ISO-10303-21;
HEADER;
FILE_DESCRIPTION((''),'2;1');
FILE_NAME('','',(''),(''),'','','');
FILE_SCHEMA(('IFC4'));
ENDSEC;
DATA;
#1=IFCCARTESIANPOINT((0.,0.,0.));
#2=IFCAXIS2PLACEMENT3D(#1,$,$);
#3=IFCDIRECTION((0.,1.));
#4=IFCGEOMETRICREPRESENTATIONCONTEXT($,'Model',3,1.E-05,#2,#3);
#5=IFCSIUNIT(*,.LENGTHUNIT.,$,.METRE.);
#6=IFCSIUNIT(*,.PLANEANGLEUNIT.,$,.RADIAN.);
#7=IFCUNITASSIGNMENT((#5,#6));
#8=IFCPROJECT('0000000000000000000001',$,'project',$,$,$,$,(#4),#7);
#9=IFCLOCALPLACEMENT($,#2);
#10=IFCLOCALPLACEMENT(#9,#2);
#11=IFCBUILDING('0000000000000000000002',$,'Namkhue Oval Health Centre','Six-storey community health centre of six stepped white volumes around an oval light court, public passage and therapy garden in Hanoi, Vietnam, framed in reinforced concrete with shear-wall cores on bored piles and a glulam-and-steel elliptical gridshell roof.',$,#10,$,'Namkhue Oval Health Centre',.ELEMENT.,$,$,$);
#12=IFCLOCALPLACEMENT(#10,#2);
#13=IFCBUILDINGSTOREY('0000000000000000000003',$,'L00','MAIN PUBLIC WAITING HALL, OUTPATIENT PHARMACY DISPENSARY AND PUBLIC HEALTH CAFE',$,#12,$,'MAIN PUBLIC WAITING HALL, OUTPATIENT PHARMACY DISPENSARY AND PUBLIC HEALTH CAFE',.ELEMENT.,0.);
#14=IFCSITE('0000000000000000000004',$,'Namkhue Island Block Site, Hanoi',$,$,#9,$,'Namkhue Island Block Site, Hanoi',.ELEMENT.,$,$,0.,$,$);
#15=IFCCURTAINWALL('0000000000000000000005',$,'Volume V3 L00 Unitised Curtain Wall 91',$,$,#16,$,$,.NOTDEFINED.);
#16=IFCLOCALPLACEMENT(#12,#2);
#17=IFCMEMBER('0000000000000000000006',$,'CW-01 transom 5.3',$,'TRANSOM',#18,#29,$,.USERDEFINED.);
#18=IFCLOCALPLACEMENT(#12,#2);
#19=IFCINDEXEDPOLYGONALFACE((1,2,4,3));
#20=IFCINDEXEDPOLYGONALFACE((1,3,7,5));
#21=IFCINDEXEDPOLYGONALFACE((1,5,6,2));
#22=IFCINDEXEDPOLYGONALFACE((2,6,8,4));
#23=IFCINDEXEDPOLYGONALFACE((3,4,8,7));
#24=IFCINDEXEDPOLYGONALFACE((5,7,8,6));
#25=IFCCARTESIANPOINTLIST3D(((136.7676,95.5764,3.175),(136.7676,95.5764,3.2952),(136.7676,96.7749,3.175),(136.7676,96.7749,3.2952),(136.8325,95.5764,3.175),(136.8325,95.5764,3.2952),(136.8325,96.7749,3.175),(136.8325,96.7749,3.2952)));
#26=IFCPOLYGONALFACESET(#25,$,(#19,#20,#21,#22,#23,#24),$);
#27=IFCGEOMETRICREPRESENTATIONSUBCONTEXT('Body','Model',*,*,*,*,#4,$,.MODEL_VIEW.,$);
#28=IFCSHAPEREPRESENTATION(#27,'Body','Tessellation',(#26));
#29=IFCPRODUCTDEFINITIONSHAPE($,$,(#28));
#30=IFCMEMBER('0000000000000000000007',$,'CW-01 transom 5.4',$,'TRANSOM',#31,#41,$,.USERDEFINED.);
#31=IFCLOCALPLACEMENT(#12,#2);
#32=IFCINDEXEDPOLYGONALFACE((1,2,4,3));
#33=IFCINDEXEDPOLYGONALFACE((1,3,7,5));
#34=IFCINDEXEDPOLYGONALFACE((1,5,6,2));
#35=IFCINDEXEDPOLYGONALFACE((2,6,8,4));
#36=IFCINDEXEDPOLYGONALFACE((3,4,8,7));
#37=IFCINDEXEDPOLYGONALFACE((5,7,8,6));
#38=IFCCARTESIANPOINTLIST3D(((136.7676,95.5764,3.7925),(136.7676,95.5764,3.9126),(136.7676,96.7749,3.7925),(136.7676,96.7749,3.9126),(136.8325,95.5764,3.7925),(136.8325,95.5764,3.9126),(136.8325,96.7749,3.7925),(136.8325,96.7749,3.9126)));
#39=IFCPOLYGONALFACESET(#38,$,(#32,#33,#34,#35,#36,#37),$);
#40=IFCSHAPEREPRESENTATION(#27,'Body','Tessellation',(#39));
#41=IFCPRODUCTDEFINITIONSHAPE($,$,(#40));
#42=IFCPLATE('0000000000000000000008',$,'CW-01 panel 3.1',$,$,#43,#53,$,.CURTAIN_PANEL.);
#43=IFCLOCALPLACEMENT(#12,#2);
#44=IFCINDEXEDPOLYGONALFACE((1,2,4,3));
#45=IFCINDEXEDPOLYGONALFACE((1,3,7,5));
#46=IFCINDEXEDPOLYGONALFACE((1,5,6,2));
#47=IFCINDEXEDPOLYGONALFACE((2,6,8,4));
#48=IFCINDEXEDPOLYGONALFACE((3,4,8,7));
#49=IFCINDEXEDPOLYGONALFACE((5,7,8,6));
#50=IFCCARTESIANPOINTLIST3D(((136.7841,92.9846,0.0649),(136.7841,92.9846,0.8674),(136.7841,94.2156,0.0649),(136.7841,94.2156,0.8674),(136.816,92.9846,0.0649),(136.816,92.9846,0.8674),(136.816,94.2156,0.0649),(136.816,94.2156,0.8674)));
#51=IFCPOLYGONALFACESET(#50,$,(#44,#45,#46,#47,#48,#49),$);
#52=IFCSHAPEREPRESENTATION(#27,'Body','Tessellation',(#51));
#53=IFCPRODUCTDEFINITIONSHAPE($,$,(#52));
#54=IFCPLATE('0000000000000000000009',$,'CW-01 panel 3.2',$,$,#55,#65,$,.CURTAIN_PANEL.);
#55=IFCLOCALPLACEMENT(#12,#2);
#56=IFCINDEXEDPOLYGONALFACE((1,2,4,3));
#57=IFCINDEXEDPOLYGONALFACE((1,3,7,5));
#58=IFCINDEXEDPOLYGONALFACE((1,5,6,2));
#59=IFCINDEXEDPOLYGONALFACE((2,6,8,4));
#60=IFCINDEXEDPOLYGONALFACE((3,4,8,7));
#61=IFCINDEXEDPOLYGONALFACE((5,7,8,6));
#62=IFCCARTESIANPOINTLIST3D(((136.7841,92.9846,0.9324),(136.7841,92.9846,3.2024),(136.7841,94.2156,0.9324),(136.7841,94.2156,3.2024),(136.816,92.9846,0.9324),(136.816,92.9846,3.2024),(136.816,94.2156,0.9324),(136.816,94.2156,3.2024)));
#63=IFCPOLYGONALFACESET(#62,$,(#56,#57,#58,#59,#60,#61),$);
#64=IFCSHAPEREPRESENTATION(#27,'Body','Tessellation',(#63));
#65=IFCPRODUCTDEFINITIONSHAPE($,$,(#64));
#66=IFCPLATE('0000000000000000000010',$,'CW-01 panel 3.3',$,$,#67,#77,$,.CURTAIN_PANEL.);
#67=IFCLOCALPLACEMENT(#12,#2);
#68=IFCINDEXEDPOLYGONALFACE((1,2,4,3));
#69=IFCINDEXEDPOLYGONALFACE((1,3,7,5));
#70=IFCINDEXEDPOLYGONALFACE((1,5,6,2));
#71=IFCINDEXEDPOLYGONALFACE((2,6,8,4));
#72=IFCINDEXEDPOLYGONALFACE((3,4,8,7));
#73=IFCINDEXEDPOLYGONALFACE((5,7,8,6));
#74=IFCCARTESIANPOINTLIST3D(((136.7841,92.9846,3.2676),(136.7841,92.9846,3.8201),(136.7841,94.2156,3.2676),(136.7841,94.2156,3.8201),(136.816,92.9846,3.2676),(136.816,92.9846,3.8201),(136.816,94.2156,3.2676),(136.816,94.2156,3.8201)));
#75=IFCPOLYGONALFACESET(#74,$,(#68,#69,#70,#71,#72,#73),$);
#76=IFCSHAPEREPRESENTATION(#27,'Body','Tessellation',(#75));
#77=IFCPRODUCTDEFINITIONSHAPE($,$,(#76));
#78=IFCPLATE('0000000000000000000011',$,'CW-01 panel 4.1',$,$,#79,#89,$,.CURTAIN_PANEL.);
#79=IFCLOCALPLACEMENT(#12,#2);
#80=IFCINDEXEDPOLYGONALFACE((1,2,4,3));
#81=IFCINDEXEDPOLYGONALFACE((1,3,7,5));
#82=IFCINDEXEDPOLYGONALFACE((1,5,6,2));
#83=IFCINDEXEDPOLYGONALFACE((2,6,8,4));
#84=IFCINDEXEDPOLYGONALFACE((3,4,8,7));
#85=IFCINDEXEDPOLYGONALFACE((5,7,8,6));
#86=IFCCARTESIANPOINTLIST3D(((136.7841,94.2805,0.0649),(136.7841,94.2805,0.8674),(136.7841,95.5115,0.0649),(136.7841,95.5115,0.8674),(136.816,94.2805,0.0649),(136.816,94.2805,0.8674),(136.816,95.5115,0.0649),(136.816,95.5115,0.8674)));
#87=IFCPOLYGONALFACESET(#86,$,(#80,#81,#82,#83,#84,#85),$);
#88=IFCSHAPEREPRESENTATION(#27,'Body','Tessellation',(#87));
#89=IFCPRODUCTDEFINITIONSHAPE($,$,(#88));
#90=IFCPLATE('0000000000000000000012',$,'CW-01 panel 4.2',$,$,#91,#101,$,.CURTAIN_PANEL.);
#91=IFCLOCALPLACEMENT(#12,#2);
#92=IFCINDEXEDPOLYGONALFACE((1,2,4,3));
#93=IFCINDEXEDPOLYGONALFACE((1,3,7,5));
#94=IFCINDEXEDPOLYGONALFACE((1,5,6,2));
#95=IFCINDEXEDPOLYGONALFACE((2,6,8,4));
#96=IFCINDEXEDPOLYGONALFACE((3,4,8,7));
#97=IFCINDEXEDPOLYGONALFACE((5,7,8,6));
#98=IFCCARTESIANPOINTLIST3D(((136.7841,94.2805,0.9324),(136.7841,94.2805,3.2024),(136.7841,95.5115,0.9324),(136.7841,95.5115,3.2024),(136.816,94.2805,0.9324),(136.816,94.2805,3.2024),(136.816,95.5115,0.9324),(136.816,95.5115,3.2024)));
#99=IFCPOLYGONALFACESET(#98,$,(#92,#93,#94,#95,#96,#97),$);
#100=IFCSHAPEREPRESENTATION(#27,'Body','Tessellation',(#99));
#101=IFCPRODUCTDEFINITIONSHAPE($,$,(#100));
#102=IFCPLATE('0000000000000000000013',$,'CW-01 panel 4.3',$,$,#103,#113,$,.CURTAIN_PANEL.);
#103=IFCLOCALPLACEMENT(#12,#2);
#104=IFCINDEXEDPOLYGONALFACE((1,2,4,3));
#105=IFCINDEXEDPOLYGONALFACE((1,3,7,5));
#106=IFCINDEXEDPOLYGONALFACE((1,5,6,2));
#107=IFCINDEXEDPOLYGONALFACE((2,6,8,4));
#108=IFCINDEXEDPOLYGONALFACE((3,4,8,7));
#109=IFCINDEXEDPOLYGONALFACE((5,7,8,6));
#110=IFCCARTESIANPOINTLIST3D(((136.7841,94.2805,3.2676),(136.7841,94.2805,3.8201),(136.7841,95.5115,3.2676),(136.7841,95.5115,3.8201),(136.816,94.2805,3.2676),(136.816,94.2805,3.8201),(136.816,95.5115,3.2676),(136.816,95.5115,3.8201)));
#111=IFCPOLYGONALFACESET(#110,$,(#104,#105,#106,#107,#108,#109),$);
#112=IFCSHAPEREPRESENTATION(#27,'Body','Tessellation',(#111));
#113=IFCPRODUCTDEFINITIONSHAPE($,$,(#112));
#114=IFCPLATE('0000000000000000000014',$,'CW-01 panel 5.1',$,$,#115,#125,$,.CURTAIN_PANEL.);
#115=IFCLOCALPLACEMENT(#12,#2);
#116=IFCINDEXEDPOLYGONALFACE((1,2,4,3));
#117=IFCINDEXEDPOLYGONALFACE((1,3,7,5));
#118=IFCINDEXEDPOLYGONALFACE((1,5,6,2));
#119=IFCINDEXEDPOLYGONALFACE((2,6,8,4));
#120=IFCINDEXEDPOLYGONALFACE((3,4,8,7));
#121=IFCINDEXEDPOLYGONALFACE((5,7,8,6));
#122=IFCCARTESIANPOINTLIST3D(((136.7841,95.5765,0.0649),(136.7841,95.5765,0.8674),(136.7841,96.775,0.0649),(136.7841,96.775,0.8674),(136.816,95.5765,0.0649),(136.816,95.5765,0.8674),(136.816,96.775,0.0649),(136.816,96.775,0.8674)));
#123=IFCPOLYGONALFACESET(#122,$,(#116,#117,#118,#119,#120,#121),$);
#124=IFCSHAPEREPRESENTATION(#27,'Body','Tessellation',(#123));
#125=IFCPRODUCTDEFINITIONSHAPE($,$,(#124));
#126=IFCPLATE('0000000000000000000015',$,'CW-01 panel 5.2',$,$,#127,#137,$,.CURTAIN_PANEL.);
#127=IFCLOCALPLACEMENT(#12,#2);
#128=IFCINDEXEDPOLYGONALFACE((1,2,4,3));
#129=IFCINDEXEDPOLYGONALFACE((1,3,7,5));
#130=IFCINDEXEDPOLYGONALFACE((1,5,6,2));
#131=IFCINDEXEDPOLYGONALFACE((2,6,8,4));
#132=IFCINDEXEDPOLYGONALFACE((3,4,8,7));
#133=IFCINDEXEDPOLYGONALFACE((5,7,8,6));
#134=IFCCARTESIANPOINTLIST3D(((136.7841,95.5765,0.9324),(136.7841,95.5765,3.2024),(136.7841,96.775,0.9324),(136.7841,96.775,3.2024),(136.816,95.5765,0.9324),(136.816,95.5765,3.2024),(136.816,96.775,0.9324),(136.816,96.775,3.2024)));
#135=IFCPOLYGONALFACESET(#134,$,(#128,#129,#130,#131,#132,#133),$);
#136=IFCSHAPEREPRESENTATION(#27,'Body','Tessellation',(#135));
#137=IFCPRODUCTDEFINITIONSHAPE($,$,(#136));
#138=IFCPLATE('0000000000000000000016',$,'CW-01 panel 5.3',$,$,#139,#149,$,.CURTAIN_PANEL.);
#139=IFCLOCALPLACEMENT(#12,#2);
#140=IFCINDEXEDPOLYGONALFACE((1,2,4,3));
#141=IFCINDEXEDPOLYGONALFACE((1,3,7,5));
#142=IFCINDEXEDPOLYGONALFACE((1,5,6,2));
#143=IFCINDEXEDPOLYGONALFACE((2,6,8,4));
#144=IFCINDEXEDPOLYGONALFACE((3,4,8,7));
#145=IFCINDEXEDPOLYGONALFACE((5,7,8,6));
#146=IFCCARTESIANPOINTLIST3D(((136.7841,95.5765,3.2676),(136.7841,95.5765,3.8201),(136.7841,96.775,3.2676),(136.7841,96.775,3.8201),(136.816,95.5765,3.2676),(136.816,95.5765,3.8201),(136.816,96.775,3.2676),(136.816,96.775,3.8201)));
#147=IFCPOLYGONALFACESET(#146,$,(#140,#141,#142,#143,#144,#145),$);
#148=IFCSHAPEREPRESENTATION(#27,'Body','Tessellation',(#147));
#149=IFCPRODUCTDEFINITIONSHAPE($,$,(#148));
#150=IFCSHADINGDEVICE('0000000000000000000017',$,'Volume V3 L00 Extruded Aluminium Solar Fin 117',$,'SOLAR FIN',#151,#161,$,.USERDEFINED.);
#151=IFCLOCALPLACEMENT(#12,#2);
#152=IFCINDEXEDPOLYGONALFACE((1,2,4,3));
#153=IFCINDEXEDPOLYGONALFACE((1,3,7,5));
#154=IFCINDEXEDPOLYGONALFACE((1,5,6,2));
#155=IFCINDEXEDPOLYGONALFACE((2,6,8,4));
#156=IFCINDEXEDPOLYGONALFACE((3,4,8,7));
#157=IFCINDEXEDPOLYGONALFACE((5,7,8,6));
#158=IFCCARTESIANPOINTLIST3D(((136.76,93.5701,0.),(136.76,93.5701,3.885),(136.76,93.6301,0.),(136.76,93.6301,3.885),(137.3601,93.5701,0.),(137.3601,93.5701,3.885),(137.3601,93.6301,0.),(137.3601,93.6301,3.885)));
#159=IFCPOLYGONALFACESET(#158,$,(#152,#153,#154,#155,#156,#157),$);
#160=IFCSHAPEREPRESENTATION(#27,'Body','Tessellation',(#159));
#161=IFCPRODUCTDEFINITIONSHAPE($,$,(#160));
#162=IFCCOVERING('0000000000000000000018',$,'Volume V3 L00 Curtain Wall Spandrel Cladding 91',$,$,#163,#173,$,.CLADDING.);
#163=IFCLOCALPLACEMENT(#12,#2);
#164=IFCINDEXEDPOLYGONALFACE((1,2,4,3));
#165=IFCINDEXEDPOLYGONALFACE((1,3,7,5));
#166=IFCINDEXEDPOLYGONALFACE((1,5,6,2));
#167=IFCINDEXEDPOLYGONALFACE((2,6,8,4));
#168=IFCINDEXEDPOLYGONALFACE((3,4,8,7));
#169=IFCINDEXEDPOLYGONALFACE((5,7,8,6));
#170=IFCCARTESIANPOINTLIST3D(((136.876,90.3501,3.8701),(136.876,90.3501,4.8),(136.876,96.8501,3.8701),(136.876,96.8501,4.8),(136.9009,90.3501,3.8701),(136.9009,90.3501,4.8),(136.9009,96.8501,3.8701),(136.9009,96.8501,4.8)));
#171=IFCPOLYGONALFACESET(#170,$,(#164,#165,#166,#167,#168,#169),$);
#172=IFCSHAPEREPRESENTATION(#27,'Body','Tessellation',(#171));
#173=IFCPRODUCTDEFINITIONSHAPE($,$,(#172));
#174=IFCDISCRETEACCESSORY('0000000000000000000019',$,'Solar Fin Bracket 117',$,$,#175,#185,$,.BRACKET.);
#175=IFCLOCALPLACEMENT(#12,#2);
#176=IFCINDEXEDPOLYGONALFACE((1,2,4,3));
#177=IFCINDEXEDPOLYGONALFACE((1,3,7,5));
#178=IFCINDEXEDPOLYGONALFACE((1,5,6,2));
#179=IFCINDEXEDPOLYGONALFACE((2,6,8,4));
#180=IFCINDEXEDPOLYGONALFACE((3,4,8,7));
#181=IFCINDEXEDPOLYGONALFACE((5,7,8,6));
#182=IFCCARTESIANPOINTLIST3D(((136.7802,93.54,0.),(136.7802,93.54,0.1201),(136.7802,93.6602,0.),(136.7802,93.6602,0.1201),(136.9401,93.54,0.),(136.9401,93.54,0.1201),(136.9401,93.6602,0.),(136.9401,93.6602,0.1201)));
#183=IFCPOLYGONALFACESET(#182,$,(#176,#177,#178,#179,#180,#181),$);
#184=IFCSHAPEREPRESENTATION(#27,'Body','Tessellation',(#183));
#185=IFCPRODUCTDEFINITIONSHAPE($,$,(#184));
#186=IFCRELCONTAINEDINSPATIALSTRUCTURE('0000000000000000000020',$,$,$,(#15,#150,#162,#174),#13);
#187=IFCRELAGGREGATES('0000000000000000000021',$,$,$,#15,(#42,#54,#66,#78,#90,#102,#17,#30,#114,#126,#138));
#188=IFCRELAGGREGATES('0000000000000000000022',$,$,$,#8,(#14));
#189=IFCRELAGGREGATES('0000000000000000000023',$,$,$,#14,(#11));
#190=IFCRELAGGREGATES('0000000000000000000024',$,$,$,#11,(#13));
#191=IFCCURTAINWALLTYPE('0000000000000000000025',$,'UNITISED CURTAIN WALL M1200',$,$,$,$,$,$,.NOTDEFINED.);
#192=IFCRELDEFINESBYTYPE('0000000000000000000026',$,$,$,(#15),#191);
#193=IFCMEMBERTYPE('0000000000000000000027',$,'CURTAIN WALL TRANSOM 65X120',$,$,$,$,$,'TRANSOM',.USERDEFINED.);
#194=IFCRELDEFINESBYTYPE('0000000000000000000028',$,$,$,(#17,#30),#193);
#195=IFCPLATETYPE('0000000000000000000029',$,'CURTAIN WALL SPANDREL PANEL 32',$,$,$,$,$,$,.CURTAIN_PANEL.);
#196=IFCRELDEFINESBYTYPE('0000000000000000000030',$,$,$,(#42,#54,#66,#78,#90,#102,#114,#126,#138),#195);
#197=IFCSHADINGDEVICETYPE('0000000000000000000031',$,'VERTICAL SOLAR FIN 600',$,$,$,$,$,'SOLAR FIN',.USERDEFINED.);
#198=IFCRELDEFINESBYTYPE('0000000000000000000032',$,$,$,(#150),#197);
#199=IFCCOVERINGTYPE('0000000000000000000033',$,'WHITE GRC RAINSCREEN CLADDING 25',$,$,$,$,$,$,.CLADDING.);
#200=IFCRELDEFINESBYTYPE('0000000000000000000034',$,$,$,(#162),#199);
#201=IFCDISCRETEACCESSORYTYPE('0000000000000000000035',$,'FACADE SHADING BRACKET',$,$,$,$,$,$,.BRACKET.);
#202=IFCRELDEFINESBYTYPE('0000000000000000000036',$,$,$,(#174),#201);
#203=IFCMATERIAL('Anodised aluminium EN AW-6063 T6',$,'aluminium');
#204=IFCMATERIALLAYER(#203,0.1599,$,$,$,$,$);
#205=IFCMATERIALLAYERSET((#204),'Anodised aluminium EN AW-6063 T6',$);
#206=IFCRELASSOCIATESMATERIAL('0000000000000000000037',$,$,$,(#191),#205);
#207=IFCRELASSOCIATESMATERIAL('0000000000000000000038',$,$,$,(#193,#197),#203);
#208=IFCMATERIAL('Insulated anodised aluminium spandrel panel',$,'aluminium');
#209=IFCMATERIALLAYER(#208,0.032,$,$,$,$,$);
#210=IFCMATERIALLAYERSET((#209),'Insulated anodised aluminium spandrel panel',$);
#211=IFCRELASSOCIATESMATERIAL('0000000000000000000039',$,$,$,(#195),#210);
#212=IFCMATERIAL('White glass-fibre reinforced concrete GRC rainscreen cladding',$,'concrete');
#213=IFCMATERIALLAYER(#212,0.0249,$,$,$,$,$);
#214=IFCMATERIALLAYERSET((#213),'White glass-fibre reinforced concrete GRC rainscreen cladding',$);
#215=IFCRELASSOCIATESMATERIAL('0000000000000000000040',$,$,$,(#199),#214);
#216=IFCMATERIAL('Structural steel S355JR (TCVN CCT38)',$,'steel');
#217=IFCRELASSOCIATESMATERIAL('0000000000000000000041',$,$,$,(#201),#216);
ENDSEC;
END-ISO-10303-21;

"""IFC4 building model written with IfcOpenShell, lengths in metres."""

from ifc_helpers import new_model, si_unit, direction, frame, origin, origin_2d, place, context, subcontext, project, spatial, rectangle, extrude, material, layer, layer_set, material_profile, profile_set, type_object, element, aggregate, save


model = new_model("IFC4")

# Units and contexts
model_context = context("Model", 3, precision=1e-05, world=origin(), true_north=direction((0.0, 1.0)))
body_context = subcontext(model_context, "Body", "Model", "MODEL_VIEW")
ifc_project = project(units=[si_unit("LENGTHUNIT", "METRE"), si_unit("PLANEANGLEUNIT", "RADIAN")], contexts=[model_context])

# Site, building, storey
site_placement = place(None, origin())
site = spatial("IfcSite", under=ifc_project, at=site_placement, Name="Namkhue Island Block Site, Hanoi", LongName="Namkhue Island Block Site, Hanoi", CompositionType="ELEMENT", RefElevation=0.0)
building_placement = place(site_placement, origin())
building = spatial("IfcBuilding", under=site, at=building_placement, Name="Namkhue Oval Health Centre", Description="Six-storey community health centre of six stepped white volumes around an oval light court, public passage and therapy garden in Hanoi, Vietnam, framed in reinforced concrete with shear-wall cores on bored piles and a glulam-and-steel elliptical gridshell roof.", LongName="Namkhue Oval Health Centre", CompositionType="ELEMENT")
storey_placement = place(building_placement, origin())
storey = spatial("IfcBuildingStorey", under=building, at=storey_placement, Name="L00", Description="MAIN PUBLIC WAITING HALL, OUTPATIENT PHARMACY DISPENSARY AND PUBLIC HEALTH CAFE", LongName="MAIN PUBLIC WAITING HALL, OUTPATIENT PHARMACY DISPENSARY AND PUBLIC HEALTH CAFE", CompositionType="ELEMENT", Elevation=0.0)

# Curtain wall, members, plates
ifc_material_1 = material(Name="Anodised aluminium EN AW-6063 T6", Category="aluminium")
ifc_layer_1 = layer(ifc_material_1, 0.1599)
ifc_layer_set_1 = layer_set([ifc_layer_1], Name="Anodised aluminium EN AW-6063 T6")
curtain_wall_type = type_object("IfcCurtainWallType", Name="UNITISED CURTAIN WALL M1200", PredefinedType="NOTDEFINED", material=ifc_layer_set_1)
curtain_wall_placement = place(storey_placement, origin())
curtain_wall = element("IfcCurtainWall", 1, at=curtain_wall_placement, inside=storey, type_object=curtain_wall_type, Name="Volume V3 L00 Unitised Curtain Wall 91", PredefinedType="NOTDEFINED")
ifc_material_profile_1 = material_profile(ifc_material_1, rectangle(XDim=0.0649, YDim=0.1201, at=origin_2d()), Name="ALU 65x120")
ifc_profile_set_1 = profile_set([ifc_material_profile_1], Name="Anodised aluminium EN AW-6063 T6")
member_type_1 = type_object("IfcMemberType", Name="CURTAIN WALL TRANSOM 65X120", ElementType="TRANSOM", PredefinedType="USERDEFINED", material=ifc_profile_set_1)
member_1_placement = place(storey_placement, frame((136.8, 95.5764, 3.2351), z_axis=(0.0, 1.0, 0.0), x_axis=(-1.0, 0.0, 0.0)))
member_1 = element("IfcMember", 2, at=member_1_placement, type_object=member_type_1, Name="CW-01 transom 5.3", ObjectType="TRANSOM", PredefinedType="USERDEFINED", context=body_context, shape_type="SweptSolid", body=[
    extrude(rectangle(XDim=0.0649, YDim=0.1201, at=origin_2d()), origin(), (0.0, 0.0, 1.0), 1.1985),
])
member_2_placement = place(storey_placement, frame((136.8, 95.5764, 3.8525), z_axis=(0.0, 1.0, 0.0), x_axis=(-1.0, 0.0, 0.0)))
member_2 = element("IfcMember", 3, at=member_2_placement, type_object=member_type_1, Name="CW-01 transom 5.4", ObjectType="TRANSOM", PredefinedType="USERDEFINED", context=body_context, shape_type="SweptSolid", body=[
    extrude(rectangle(XDim=0.0649, YDim=0.1201, at=origin_2d()), origin(), (0.0, 0.0, 1.0), 1.1985),
])
ifc_material_2 = material(Name="Insulated anodised aluminium spandrel panel", Category="aluminium")
ifc_layer_2 = layer(ifc_material_2, 0.032)
ifc_layer_set_2 = layer_set([ifc_layer_2], Name="Insulated anodised aluminium spandrel panel")
plate_type = type_object("IfcPlateType", Name="CURTAIN WALL SPANDREL PANEL 32", PredefinedType="CURTAIN_PANEL", material=ifc_layer_set_2)
plate_1_placement = place(storey_placement, frame((136.8, 93.6001, 0.0649), z_axis=(0.0, 0.0, 1.0), x_axis=(0.0, 1.0, 0.0)))
plate_1 = element("IfcPlate", 4, at=plate_1_placement, type_object=plate_type, Name="CW-01 panel 3.1", PredefinedType="CURTAIN_PANEL", context=body_context, shape_type="SweptSolid", body=[
    extrude(rectangle(XDim=1.231, YDim=0.032, at=origin_2d()), origin(), (0.0, 0.0, 1.0), 0.8025),
])
plate_2_placement = place(storey_placement, frame((136.8, 93.6001, 0.9324), z_axis=(0.0, 0.0, 1.0), x_axis=(0.0, 1.0, 0.0)))
plate_2 = element("IfcPlate", 5, at=plate_2_placement, type_object=plate_type, Name="CW-01 panel 3.2", PredefinedType="CURTAIN_PANEL", context=body_context, shape_type="SweptSolid", body=[
    extrude(rectangle(XDim=1.231, YDim=0.032, at=origin_2d()), origin(), (0.0, 0.0, 1.0), 2.27),
])
plate_3_placement = place(storey_placement, frame((136.8, 93.6001, 3.2676), z_axis=(0.0, 0.0, 1.0), x_axis=(0.0, 1.0, 0.0)))
plate_3 = element("IfcPlate", 6, at=plate_3_placement, type_object=plate_type, Name="CW-01 panel 3.3", PredefinedType="CURTAIN_PANEL", context=body_context, shape_type="SweptSolid", body=[
    extrude(rectangle(XDim=1.231, YDim=0.032, at=origin_2d()), origin(), (0.0, 0.0, 1.0), 0.5525),
])
plate_4_placement = place(storey_placement, frame((136.8, 94.896, 0.0649), z_axis=(0.0, 0.0, 1.0), x_axis=(0.0, 1.0, 0.0)))
plate_4 = element("IfcPlate", 7, at=plate_4_placement, type_object=plate_type, Name="CW-01 panel 4.1", PredefinedType="CURTAIN_PANEL", context=body_context, shape_type="SweptSolid", body=[
    extrude(rectangle(XDim=1.231, YDim=0.032, at=origin_2d()), origin(), (0.0, 0.0, 1.0), 0.8025),
])
plate_5_placement = place(storey_placement, frame((136.8, 94.896, 0.9324), z_axis=(0.0, 0.0, 1.0), x_axis=(0.0, 1.0, 0.0)))
plate_5 = element("IfcPlate", 8, at=plate_5_placement, type_object=plate_type, Name="CW-01 panel 4.2", PredefinedType="CURTAIN_PANEL", context=body_context, shape_type="SweptSolid", body=[
    extrude(rectangle(XDim=1.231, YDim=0.032, at=origin_2d()), origin(), (0.0, 0.0, 1.0), 2.27),
])
plate_6_placement = place(storey_placement, frame((136.8, 94.896, 3.2676), z_axis=(0.0, 0.0, 1.0), x_axis=(0.0, 1.0, 0.0)))
plate_6 = element("IfcPlate", 9, at=plate_6_placement, type_object=plate_type, Name="CW-01 panel 4.3", PredefinedType="CURTAIN_PANEL", context=body_context, shape_type="SweptSolid", body=[
    extrude(rectangle(XDim=1.231, YDim=0.032, at=origin_2d()), origin(), (0.0, 0.0, 1.0), 0.5525),
])
plate_7_placement = place(storey_placement, frame((136.8, 96.1758, 0.0649), z_axis=(0.0, 0.0, 1.0), x_axis=(0.0, 1.0, 0.0)))
plate_7 = element("IfcPlate", 10, at=plate_7_placement, type_object=plate_type, Name="CW-01 panel 5.1", PredefinedType="CURTAIN_PANEL", context=body_context, shape_type="SweptSolid", body=[
    extrude(rectangle(XDim=1.1985, YDim=0.032, at=origin_2d()), origin(), (0.0, 0.0, 1.0), 0.8025),
])
plate_8_placement = place(storey_placement, frame((136.8, 96.1758, 0.9324), z_axis=(0.0, 0.0, 1.0), x_axis=(0.0, 1.0, 0.0)))
plate_8 = element("IfcPlate", 11, at=plate_8_placement, type_object=plate_type, Name="CW-01 panel 5.2", PredefinedType="CURTAIN_PANEL", context=body_context, shape_type="SweptSolid", body=[
    extrude(rectangle(XDim=1.1985, YDim=0.032, at=origin_2d()), origin(), (0.0, 0.0, 1.0), 2.27),
])
plate_9_placement = place(storey_placement, frame((136.8, 96.1758, 3.2676), z_axis=(0.0, 0.0, 1.0), x_axis=(0.0, 1.0, 0.0)))
plate_9 = element("IfcPlate", 12, at=plate_9_placement, type_object=plate_type, Name="CW-01 panel 5.3", PredefinedType="CURTAIN_PANEL", context=body_context, shape_type="SweptSolid", body=[
    extrude(rectangle(XDim=1.1985, YDim=0.032, at=origin_2d()), origin(), (0.0, 0.0, 1.0), 0.5525),
])
aggregate(curtain_wall, [plate_1, plate_2, plate_3, plate_4, plate_5, plate_6, member_1, member_2, plate_7, plate_8, plate_9])

# Shading device
shading_device_type = type_object("IfcShadingDeviceType", Name="VERTICAL SOLAR FIN 600", ElementType="SOLAR FIN", PredefinedType="USERDEFINED", material=ifc_material_1)
shading_device_placement = place(storey_placement, frame((137.0601, 93.6001, 0.0), z_axis=(0.0, 0.0, 1.0), x_axis=(1.0, 0.0, 0.0)))
element("IfcShadingDevice", 13, at=shading_device_placement, inside=storey, type_object=shading_device_type, Name="Volume V3 L00 Extruded Aluminium Solar Fin 117", ObjectType="SOLAR FIN", PredefinedType="USERDEFINED", context=body_context, shape_type="SweptSolid", body=[
    extrude(rectangle(XDim=0.6001, YDim=0.0601, at=origin_2d()), origin(), (0.0, 0.0, 1.0), 3.885),
])

# Covering
ifc_material_3 = material(Name="White glass-fibre reinforced concrete GRC rainscreen cladding", Category="concrete")
ifc_layer_3 = layer(ifc_material_3, 0.0249)
ifc_layer_set_3 = layer_set([ifc_layer_3], Name="White glass-fibre reinforced concrete GRC rainscreen cladding")
covering_type = type_object("IfcCoveringType", Name="WHITE GRC RAINSCREEN CLADDING 25", PredefinedType="CLADDING", material=ifc_layer_set_3)
covering_placement = place(storey_placement, frame((136.8884, 93.6001, 3.8701), z_axis=(0.0, 0.0, 1.0), x_axis=(0.0, 1.0, 0.0)))
element("IfcCovering", 14, at=covering_placement, inside=storey, type_object=covering_type, Name="Volume V3 L00 Curtain Wall Spandrel Cladding 91", PredefinedType="CLADDING", context=body_context, shape_type="SweptSolid", body=[
    extrude(rectangle(XDim=6.5, YDim=0.0249, at=origin_2d()), origin(), (0.0, 0.0, 1.0), 0.9299),
])

# Discrete accessory
ifc_material_4 = material(Name="Structural steel S355JR (TCVN CCT38)", Category="steel")
discrete_accessory_type = type_object("IfcDiscreteAccessoryType", Name="FACADE SHADING BRACKET", PredefinedType="BRACKET", material=ifc_material_4)
discrete_accessory_placement = place(storey_placement, frame((136.8601, 93.6001, 0.0), z_axis=(0.0, 0.0, 1.0), x_axis=(1.0, 0.0, 0.0)))
element("IfcDiscreteAccessory", 15, at=discrete_accessory_placement, inside=storey, type_object=discrete_accessory_type, Name="Solar Fin Bracket 117", PredefinedType="BRACKET", context=body_context, shape_type="SweptSolid", body=[
    extrude(rectangle(XDim=0.1599, YDim=0.1201, at=origin_2d()), origin(), (0.0, 0.0, 1.0), 0.1201),
])

save(model, "model.ifc")
